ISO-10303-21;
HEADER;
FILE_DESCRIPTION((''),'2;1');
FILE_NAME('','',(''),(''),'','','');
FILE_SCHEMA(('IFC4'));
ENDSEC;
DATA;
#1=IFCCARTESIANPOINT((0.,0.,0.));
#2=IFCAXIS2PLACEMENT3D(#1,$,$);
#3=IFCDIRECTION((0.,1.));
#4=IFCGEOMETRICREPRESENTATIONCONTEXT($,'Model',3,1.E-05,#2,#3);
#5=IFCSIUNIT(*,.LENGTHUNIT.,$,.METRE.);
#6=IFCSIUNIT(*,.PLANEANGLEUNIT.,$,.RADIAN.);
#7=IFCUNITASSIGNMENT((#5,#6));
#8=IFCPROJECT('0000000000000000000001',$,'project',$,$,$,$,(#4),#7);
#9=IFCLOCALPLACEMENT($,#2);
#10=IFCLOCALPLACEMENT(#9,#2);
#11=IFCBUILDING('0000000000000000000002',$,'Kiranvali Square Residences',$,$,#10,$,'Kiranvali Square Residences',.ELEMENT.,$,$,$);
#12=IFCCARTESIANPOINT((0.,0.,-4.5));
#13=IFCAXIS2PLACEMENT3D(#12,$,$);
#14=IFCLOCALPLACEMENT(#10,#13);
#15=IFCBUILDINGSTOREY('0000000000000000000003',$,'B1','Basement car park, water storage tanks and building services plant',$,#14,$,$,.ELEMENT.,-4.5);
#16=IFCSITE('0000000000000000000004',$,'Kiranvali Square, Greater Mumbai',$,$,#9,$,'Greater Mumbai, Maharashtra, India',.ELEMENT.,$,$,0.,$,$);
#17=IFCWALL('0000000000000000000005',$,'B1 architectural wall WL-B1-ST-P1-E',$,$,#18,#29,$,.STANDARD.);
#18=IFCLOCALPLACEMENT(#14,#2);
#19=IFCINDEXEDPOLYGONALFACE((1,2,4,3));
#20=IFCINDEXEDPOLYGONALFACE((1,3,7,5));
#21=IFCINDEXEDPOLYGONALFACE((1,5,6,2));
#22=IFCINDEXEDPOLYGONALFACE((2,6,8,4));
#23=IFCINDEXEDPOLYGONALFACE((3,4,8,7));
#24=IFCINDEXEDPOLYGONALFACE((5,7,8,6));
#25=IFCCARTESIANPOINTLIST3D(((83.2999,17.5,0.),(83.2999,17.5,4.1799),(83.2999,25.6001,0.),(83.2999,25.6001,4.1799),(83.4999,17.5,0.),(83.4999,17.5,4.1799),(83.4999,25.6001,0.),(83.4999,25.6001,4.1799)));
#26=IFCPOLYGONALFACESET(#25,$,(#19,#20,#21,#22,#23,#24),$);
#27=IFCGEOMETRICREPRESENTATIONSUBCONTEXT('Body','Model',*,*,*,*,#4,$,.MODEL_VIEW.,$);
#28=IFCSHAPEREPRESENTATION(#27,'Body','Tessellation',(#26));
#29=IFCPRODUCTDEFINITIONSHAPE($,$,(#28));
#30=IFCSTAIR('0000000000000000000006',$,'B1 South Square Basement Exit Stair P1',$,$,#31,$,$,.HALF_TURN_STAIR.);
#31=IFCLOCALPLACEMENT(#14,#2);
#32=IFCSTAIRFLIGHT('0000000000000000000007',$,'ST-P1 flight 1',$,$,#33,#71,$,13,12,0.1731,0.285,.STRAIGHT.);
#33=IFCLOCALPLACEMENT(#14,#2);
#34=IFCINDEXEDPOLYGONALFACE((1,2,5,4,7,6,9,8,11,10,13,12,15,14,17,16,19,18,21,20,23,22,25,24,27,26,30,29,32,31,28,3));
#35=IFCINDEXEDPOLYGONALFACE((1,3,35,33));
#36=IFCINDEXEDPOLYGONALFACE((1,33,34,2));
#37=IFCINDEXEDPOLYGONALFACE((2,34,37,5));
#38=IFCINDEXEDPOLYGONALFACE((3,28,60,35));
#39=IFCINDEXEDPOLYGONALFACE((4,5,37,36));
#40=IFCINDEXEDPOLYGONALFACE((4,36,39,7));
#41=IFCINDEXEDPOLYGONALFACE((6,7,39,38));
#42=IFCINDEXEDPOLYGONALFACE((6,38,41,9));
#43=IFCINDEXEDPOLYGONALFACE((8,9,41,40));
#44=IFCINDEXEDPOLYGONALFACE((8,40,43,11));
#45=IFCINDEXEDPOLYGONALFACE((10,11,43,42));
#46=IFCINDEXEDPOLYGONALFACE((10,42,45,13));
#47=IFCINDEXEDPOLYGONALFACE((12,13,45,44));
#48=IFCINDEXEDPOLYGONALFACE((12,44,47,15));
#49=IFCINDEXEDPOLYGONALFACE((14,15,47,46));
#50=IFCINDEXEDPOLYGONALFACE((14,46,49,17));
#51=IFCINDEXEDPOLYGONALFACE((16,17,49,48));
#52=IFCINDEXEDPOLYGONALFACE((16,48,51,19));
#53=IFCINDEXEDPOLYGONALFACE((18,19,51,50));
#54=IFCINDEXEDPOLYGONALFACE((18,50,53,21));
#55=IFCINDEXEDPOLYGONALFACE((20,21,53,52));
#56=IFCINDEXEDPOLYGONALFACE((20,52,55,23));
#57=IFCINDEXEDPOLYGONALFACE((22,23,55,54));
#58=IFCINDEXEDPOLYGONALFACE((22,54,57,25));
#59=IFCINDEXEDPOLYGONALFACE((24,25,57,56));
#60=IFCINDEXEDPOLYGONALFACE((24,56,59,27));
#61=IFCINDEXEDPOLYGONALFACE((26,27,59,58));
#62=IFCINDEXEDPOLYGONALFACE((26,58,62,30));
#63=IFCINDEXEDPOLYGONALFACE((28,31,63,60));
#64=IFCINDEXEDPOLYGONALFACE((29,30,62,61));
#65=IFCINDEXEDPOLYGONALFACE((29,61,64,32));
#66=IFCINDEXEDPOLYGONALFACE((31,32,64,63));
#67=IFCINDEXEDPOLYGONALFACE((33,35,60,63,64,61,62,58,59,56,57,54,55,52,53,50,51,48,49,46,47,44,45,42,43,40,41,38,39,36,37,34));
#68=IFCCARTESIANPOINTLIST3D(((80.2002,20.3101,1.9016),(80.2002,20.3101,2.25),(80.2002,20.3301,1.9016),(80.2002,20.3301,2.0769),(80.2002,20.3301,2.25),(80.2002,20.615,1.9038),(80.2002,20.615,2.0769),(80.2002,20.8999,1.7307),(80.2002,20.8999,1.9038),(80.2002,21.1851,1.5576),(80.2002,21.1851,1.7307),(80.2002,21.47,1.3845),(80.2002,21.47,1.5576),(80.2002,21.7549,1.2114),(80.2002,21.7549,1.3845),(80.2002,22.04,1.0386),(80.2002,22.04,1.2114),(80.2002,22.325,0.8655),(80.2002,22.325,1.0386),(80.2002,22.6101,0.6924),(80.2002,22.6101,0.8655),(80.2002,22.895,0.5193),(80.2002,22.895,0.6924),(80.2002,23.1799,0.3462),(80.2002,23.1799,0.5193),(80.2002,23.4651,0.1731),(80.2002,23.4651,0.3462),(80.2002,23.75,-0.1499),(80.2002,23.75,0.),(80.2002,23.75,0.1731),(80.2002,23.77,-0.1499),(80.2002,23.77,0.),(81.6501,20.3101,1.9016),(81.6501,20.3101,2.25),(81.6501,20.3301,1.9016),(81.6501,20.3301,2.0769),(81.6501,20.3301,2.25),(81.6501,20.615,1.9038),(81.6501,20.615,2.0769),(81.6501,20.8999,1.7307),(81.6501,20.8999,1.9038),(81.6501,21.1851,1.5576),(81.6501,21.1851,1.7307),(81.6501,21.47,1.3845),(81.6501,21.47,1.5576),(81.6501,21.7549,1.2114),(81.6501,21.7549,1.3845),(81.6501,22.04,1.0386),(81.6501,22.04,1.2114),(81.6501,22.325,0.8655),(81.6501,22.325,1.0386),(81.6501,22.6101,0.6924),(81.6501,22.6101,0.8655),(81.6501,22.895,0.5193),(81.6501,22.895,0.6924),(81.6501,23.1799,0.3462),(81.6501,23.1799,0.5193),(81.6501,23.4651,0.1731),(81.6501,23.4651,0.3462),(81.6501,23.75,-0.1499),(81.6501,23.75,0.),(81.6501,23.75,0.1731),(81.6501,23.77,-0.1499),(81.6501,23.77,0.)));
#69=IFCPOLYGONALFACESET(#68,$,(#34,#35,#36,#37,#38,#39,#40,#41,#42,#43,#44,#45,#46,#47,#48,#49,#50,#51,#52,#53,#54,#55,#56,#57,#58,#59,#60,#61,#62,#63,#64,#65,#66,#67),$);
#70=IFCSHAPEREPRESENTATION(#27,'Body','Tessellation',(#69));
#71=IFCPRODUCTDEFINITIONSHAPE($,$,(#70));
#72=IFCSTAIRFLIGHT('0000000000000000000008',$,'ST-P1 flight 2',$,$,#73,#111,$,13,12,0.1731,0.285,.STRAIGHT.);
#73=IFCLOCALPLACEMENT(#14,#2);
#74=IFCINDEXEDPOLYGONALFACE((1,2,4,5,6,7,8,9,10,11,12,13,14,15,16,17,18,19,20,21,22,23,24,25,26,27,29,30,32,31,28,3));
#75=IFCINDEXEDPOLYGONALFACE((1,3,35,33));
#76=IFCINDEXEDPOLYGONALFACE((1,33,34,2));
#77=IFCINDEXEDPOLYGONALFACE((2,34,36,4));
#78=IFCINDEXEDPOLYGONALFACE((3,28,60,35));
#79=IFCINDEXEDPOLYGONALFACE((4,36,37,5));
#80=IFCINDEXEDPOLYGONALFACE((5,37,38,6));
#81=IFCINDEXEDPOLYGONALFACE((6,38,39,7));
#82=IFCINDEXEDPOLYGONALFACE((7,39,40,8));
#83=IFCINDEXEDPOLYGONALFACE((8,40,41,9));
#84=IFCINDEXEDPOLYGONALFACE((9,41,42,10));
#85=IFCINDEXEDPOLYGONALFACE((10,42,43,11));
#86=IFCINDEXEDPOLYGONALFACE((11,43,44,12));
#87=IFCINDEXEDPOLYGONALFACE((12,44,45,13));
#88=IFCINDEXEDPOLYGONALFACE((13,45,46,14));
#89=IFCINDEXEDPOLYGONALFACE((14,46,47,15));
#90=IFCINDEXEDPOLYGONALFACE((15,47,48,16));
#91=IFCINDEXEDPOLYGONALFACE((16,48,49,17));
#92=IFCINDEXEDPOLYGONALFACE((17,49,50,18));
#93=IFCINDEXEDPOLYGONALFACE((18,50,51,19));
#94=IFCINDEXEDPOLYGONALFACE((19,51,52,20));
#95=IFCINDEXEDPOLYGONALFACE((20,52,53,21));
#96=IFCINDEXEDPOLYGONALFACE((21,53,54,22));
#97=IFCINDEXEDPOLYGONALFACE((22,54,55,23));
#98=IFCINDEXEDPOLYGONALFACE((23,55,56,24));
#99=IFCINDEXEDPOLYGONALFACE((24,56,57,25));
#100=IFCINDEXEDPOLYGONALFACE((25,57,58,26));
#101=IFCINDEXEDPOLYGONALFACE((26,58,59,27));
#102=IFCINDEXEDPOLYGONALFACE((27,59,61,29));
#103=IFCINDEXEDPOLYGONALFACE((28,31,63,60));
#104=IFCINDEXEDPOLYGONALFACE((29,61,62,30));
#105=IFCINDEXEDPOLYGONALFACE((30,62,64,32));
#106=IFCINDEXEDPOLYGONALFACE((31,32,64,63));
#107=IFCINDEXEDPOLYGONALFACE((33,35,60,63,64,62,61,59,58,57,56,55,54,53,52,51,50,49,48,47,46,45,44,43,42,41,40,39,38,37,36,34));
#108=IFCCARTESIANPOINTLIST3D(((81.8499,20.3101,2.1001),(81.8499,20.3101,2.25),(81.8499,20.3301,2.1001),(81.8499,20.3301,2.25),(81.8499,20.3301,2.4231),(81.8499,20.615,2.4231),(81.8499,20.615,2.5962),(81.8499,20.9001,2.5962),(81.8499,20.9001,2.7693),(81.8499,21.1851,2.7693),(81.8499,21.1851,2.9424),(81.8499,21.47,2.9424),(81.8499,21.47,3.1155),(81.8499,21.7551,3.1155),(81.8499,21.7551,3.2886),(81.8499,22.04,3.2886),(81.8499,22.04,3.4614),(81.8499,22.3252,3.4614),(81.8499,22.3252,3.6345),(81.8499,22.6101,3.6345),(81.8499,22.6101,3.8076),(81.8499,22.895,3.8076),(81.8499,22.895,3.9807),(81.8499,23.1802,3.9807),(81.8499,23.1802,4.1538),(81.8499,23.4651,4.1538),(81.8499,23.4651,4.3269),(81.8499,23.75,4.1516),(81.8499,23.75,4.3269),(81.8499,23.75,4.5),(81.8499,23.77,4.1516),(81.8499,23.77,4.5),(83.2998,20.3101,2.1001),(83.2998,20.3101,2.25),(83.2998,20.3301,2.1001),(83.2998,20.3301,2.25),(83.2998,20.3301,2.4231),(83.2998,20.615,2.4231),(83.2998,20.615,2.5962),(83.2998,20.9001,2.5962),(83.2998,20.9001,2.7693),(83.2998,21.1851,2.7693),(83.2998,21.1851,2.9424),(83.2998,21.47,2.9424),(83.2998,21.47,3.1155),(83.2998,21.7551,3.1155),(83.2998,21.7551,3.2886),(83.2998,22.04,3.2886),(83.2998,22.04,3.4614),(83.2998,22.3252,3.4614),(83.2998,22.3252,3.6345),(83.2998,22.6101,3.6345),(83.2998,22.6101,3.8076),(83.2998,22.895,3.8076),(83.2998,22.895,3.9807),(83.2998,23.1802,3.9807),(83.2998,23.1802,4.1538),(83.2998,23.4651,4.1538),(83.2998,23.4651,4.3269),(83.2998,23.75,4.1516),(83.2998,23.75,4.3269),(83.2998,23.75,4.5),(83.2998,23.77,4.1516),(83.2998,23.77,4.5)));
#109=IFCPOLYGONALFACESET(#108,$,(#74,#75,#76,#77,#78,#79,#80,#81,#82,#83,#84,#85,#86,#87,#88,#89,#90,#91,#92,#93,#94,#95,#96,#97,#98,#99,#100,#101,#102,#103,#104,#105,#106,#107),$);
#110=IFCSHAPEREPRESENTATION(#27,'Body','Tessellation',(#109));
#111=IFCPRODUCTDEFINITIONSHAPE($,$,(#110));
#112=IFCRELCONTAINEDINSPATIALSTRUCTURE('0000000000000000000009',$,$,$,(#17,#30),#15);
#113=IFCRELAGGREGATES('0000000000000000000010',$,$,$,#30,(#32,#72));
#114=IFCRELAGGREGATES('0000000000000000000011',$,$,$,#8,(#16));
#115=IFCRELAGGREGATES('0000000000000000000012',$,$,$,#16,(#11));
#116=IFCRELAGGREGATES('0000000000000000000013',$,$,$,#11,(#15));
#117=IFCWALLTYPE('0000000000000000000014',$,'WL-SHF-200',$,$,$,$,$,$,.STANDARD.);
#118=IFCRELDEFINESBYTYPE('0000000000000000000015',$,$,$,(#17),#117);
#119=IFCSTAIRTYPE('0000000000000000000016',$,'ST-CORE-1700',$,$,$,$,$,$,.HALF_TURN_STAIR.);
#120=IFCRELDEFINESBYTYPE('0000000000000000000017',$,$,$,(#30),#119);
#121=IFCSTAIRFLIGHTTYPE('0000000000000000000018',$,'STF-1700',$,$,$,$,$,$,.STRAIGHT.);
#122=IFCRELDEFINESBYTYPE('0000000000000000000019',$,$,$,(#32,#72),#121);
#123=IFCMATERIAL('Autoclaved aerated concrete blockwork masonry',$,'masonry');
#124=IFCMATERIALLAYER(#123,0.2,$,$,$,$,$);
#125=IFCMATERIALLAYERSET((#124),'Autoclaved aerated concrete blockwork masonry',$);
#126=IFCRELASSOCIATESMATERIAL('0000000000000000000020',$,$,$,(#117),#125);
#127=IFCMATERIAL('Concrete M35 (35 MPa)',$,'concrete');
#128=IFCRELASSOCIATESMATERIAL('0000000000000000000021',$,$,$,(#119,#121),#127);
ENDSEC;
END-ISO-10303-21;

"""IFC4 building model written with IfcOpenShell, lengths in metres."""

from ifc_helpers import new_model, si_unit, direction, frame, frame_2d, origin, place, context, subcontext, project, spatial, polyline, rectangle, outline, extrude, material, layer, layer_set, type_object, element, aggregate, save


model = new_model("IFC4")

# Units and contexts
model_context = context("Model", 3, precision=1e-05, world=origin(), true_north=direction((0.0, 1.0)))
body_context = subcontext(model_context, "Body", "Model", "MODEL_VIEW")
ifc_project = project(units=[si_unit("LENGTHUNIT", "METRE"), si_unit("PLANEANGLEUNIT", "RADIAN")], contexts=[model_context])

# Site, building, storey
site_placement = place(None, origin())
site = spatial("IfcSite", under=ifc_project, at=site_placement, Name="Kiranvali Square, Greater Mumbai", LongName="Greater Mumbai, Maharashtra, India", CompositionType="ELEMENT", RefElevation=0.0)
building_placement = place(site_placement, origin())
building = spatial("IfcBuilding", under=site, at=building_placement, Name="Kiranvali Square Residences", LongName="Kiranvali Square Residences", CompositionType="ELEMENT")
storey_placement = place(building_placement, frame((0.0, 0.0, -4.5)))
storey = spatial("IfcBuildingStorey", under=building, at=storey_placement, Name="B1", Description="Basement car park, water storage tanks and building services plant", CompositionType="ELEMENT", Elevation=-4.5)

# Wall
ifc_material_1 = material(Name="Autoclaved aerated concrete blockwork masonry", Category="masonry")
ifc_layer = layer(ifc_material_1, 0.2)
ifc_layer_set = layer_set([ifc_layer], Name="Autoclaved aerated concrete blockwork masonry")
wall_type = type_object("IfcWallType", Name="WL-SHF-200", PredefinedType="STANDARD", material=ifc_layer_set)
wall_1_placement = place(storey_placement, frame((83.3999, 17.5, 0.0), z_axis=(0.0, 0.0, 1.0), x_axis=(0.0, 1.0, 0.0)))
element("IfcWall", 1, at=wall_1_placement, inside=storey, type_object=wall_type, Name="B1 architectural wall WL-B1-ST-P1-E", PredefinedType="STANDARD", context=body_context, shape_type="SweptSolid", body=[
    extrude(rectangle(XDim=8.1001, YDim=0.2, at=frame_2d((4.05, 0.0))), origin(), (0.0, 0.0, 1.0), 4.1799),
])

# Stair, stair flights
ifc_material_2 = material(Name="Concrete M35 (35 MPa)", Category="concrete")
stair_type = type_object("IfcStairType", Name="ST-CORE-1700", PredefinedType="HALF_TURN_STAIR", material=ifc_material_2)
stair_placement = place(storey_placement, origin())
stair = element("IfcStair", 2, at=stair_placement, inside=storey, type_object=stair_type, Name="B1 South Square Basement Exit Stair P1", PredefinedType="HALF_TURN_STAIR")
stair_flight_type = type_object("IfcStairFlightType", Name="STF-1700", PredefinedType="STRAIGHT", material=ifc_material_2)
stair_flight_1_placement = place(storey_placement, frame((80.925, 23.75, 0.0), z_axis=(0.0, 0.0, 1.0), x_axis=(0.0, -1.0, 0.0)))
stair_flight_1 = element("IfcStairFlight", 3, at=stair_flight_1_placement, type_object=stair_flight_type, Name="ST-P1 flight 1", NumberOfRisers=13, NumberOfTreads=12, PredefinedType="STRAIGHT", RiserHeight=0.1731, TreadLength=0.285, context=body_context, shape_type="SweptSolid", body=[
    extrude(outline(polyline([(-0.02, -0.1499), (-0.02, 0.0), (0.0, 0.0), (0.0, 0.1731), (0.2849, 0.1731), (0.2849, 0.3462), (0.5701, 0.3462), (0.5701, 0.5193), (0.855, 0.5193), (0.855, 0.6924), (1.1399, 0.6924), (1.1399, 0.8655), (1.425, 0.8655), (1.425, 1.0386), (1.71, 1.0386), (1.71, 1.2114), (1.9951, 1.2114), (1.9951, 1.3845), (2.28, 1.3845), (2.28, 1.5576), (2.5649, 1.5576), (2.5649, 1.7307), (2.8501, 1.7307), (2.8501, 1.9038), (3.135, 1.9038), (3.135, 2.0769), (3.4199, 2.0769), (3.4199, 2.25), (3.4399, 2.25), (3.4399, 1.9016), (3.4199, 1.9016), (0.0, -0.1499), (-0.02, -0.1499)])), frame((0.0, 0.7251, 0.0), z_axis=(0.0, -1.0, 0.0), x_axis=(1.0, 0.0, 0.0)), (0.0, 0.0, 1.0), 1.45),
])
stair_flight_2_placement = place(storey_placement, frame((82.575, 20.3301, 2.25), z_axis=(0.0, 0.0, 1.0), x_axis=(0.0, 1.0, 0.0)))
stair_flight_2 = element("IfcStairFlight", 4, at=stair_flight_2_placement, type_object=stair_flight_type, Name="ST-P1 flight 2", NumberOfRisers=13, NumberOfTreads=12, PredefinedType="STRAIGHT", RiserHeight=0.1731, TreadLength=0.285, context=body_context, shape_type="SweptSolid", body=[
    extrude(outline(polyline([(-0.02, -0.1499), (-0.02, 0.0), (0.0, 0.0), (0.0, 0.1731), (0.2849, 0.1731), (0.2849, 0.3462), (0.5701, 0.3462), (0.5701, 0.5193), (0.855, 0.5193), (0.855, 0.6924), (1.1399, 0.6924), (1.1399, 0.8655), (1.425, 0.8655), (1.425, 1.0386), (1.71, 1.0386), (1.71, 1.2114), (1.9951, 1.2114), (1.9951, 1.3845), (2.28, 1.3845), (2.28, 1.5576), (2.5649, 1.5576), (2.5649, 1.7307), (2.8501, 1.7307), (2.8501, 1.9038), (3.135, 1.9038), (3.135, 2.0769), (3.4199, 2.0769), (3.4199, 2.25), (3.4399, 2.25), (3.4399, 1.9016), (3.4199, 1.9016), (0.0, -0.1499), (-0.02, -0.1499)])), frame((0.0, 0.7251, 0.0), z_axis=(0.0, -1.0, 0.0), x_axis=(1.0, 0.0, 0.0)), (0.0, 0.0, 1.0), 1.45),
])
aggregate(stair, [stair_flight_1, stair_flight_2])

save(model, "model.ifc")
